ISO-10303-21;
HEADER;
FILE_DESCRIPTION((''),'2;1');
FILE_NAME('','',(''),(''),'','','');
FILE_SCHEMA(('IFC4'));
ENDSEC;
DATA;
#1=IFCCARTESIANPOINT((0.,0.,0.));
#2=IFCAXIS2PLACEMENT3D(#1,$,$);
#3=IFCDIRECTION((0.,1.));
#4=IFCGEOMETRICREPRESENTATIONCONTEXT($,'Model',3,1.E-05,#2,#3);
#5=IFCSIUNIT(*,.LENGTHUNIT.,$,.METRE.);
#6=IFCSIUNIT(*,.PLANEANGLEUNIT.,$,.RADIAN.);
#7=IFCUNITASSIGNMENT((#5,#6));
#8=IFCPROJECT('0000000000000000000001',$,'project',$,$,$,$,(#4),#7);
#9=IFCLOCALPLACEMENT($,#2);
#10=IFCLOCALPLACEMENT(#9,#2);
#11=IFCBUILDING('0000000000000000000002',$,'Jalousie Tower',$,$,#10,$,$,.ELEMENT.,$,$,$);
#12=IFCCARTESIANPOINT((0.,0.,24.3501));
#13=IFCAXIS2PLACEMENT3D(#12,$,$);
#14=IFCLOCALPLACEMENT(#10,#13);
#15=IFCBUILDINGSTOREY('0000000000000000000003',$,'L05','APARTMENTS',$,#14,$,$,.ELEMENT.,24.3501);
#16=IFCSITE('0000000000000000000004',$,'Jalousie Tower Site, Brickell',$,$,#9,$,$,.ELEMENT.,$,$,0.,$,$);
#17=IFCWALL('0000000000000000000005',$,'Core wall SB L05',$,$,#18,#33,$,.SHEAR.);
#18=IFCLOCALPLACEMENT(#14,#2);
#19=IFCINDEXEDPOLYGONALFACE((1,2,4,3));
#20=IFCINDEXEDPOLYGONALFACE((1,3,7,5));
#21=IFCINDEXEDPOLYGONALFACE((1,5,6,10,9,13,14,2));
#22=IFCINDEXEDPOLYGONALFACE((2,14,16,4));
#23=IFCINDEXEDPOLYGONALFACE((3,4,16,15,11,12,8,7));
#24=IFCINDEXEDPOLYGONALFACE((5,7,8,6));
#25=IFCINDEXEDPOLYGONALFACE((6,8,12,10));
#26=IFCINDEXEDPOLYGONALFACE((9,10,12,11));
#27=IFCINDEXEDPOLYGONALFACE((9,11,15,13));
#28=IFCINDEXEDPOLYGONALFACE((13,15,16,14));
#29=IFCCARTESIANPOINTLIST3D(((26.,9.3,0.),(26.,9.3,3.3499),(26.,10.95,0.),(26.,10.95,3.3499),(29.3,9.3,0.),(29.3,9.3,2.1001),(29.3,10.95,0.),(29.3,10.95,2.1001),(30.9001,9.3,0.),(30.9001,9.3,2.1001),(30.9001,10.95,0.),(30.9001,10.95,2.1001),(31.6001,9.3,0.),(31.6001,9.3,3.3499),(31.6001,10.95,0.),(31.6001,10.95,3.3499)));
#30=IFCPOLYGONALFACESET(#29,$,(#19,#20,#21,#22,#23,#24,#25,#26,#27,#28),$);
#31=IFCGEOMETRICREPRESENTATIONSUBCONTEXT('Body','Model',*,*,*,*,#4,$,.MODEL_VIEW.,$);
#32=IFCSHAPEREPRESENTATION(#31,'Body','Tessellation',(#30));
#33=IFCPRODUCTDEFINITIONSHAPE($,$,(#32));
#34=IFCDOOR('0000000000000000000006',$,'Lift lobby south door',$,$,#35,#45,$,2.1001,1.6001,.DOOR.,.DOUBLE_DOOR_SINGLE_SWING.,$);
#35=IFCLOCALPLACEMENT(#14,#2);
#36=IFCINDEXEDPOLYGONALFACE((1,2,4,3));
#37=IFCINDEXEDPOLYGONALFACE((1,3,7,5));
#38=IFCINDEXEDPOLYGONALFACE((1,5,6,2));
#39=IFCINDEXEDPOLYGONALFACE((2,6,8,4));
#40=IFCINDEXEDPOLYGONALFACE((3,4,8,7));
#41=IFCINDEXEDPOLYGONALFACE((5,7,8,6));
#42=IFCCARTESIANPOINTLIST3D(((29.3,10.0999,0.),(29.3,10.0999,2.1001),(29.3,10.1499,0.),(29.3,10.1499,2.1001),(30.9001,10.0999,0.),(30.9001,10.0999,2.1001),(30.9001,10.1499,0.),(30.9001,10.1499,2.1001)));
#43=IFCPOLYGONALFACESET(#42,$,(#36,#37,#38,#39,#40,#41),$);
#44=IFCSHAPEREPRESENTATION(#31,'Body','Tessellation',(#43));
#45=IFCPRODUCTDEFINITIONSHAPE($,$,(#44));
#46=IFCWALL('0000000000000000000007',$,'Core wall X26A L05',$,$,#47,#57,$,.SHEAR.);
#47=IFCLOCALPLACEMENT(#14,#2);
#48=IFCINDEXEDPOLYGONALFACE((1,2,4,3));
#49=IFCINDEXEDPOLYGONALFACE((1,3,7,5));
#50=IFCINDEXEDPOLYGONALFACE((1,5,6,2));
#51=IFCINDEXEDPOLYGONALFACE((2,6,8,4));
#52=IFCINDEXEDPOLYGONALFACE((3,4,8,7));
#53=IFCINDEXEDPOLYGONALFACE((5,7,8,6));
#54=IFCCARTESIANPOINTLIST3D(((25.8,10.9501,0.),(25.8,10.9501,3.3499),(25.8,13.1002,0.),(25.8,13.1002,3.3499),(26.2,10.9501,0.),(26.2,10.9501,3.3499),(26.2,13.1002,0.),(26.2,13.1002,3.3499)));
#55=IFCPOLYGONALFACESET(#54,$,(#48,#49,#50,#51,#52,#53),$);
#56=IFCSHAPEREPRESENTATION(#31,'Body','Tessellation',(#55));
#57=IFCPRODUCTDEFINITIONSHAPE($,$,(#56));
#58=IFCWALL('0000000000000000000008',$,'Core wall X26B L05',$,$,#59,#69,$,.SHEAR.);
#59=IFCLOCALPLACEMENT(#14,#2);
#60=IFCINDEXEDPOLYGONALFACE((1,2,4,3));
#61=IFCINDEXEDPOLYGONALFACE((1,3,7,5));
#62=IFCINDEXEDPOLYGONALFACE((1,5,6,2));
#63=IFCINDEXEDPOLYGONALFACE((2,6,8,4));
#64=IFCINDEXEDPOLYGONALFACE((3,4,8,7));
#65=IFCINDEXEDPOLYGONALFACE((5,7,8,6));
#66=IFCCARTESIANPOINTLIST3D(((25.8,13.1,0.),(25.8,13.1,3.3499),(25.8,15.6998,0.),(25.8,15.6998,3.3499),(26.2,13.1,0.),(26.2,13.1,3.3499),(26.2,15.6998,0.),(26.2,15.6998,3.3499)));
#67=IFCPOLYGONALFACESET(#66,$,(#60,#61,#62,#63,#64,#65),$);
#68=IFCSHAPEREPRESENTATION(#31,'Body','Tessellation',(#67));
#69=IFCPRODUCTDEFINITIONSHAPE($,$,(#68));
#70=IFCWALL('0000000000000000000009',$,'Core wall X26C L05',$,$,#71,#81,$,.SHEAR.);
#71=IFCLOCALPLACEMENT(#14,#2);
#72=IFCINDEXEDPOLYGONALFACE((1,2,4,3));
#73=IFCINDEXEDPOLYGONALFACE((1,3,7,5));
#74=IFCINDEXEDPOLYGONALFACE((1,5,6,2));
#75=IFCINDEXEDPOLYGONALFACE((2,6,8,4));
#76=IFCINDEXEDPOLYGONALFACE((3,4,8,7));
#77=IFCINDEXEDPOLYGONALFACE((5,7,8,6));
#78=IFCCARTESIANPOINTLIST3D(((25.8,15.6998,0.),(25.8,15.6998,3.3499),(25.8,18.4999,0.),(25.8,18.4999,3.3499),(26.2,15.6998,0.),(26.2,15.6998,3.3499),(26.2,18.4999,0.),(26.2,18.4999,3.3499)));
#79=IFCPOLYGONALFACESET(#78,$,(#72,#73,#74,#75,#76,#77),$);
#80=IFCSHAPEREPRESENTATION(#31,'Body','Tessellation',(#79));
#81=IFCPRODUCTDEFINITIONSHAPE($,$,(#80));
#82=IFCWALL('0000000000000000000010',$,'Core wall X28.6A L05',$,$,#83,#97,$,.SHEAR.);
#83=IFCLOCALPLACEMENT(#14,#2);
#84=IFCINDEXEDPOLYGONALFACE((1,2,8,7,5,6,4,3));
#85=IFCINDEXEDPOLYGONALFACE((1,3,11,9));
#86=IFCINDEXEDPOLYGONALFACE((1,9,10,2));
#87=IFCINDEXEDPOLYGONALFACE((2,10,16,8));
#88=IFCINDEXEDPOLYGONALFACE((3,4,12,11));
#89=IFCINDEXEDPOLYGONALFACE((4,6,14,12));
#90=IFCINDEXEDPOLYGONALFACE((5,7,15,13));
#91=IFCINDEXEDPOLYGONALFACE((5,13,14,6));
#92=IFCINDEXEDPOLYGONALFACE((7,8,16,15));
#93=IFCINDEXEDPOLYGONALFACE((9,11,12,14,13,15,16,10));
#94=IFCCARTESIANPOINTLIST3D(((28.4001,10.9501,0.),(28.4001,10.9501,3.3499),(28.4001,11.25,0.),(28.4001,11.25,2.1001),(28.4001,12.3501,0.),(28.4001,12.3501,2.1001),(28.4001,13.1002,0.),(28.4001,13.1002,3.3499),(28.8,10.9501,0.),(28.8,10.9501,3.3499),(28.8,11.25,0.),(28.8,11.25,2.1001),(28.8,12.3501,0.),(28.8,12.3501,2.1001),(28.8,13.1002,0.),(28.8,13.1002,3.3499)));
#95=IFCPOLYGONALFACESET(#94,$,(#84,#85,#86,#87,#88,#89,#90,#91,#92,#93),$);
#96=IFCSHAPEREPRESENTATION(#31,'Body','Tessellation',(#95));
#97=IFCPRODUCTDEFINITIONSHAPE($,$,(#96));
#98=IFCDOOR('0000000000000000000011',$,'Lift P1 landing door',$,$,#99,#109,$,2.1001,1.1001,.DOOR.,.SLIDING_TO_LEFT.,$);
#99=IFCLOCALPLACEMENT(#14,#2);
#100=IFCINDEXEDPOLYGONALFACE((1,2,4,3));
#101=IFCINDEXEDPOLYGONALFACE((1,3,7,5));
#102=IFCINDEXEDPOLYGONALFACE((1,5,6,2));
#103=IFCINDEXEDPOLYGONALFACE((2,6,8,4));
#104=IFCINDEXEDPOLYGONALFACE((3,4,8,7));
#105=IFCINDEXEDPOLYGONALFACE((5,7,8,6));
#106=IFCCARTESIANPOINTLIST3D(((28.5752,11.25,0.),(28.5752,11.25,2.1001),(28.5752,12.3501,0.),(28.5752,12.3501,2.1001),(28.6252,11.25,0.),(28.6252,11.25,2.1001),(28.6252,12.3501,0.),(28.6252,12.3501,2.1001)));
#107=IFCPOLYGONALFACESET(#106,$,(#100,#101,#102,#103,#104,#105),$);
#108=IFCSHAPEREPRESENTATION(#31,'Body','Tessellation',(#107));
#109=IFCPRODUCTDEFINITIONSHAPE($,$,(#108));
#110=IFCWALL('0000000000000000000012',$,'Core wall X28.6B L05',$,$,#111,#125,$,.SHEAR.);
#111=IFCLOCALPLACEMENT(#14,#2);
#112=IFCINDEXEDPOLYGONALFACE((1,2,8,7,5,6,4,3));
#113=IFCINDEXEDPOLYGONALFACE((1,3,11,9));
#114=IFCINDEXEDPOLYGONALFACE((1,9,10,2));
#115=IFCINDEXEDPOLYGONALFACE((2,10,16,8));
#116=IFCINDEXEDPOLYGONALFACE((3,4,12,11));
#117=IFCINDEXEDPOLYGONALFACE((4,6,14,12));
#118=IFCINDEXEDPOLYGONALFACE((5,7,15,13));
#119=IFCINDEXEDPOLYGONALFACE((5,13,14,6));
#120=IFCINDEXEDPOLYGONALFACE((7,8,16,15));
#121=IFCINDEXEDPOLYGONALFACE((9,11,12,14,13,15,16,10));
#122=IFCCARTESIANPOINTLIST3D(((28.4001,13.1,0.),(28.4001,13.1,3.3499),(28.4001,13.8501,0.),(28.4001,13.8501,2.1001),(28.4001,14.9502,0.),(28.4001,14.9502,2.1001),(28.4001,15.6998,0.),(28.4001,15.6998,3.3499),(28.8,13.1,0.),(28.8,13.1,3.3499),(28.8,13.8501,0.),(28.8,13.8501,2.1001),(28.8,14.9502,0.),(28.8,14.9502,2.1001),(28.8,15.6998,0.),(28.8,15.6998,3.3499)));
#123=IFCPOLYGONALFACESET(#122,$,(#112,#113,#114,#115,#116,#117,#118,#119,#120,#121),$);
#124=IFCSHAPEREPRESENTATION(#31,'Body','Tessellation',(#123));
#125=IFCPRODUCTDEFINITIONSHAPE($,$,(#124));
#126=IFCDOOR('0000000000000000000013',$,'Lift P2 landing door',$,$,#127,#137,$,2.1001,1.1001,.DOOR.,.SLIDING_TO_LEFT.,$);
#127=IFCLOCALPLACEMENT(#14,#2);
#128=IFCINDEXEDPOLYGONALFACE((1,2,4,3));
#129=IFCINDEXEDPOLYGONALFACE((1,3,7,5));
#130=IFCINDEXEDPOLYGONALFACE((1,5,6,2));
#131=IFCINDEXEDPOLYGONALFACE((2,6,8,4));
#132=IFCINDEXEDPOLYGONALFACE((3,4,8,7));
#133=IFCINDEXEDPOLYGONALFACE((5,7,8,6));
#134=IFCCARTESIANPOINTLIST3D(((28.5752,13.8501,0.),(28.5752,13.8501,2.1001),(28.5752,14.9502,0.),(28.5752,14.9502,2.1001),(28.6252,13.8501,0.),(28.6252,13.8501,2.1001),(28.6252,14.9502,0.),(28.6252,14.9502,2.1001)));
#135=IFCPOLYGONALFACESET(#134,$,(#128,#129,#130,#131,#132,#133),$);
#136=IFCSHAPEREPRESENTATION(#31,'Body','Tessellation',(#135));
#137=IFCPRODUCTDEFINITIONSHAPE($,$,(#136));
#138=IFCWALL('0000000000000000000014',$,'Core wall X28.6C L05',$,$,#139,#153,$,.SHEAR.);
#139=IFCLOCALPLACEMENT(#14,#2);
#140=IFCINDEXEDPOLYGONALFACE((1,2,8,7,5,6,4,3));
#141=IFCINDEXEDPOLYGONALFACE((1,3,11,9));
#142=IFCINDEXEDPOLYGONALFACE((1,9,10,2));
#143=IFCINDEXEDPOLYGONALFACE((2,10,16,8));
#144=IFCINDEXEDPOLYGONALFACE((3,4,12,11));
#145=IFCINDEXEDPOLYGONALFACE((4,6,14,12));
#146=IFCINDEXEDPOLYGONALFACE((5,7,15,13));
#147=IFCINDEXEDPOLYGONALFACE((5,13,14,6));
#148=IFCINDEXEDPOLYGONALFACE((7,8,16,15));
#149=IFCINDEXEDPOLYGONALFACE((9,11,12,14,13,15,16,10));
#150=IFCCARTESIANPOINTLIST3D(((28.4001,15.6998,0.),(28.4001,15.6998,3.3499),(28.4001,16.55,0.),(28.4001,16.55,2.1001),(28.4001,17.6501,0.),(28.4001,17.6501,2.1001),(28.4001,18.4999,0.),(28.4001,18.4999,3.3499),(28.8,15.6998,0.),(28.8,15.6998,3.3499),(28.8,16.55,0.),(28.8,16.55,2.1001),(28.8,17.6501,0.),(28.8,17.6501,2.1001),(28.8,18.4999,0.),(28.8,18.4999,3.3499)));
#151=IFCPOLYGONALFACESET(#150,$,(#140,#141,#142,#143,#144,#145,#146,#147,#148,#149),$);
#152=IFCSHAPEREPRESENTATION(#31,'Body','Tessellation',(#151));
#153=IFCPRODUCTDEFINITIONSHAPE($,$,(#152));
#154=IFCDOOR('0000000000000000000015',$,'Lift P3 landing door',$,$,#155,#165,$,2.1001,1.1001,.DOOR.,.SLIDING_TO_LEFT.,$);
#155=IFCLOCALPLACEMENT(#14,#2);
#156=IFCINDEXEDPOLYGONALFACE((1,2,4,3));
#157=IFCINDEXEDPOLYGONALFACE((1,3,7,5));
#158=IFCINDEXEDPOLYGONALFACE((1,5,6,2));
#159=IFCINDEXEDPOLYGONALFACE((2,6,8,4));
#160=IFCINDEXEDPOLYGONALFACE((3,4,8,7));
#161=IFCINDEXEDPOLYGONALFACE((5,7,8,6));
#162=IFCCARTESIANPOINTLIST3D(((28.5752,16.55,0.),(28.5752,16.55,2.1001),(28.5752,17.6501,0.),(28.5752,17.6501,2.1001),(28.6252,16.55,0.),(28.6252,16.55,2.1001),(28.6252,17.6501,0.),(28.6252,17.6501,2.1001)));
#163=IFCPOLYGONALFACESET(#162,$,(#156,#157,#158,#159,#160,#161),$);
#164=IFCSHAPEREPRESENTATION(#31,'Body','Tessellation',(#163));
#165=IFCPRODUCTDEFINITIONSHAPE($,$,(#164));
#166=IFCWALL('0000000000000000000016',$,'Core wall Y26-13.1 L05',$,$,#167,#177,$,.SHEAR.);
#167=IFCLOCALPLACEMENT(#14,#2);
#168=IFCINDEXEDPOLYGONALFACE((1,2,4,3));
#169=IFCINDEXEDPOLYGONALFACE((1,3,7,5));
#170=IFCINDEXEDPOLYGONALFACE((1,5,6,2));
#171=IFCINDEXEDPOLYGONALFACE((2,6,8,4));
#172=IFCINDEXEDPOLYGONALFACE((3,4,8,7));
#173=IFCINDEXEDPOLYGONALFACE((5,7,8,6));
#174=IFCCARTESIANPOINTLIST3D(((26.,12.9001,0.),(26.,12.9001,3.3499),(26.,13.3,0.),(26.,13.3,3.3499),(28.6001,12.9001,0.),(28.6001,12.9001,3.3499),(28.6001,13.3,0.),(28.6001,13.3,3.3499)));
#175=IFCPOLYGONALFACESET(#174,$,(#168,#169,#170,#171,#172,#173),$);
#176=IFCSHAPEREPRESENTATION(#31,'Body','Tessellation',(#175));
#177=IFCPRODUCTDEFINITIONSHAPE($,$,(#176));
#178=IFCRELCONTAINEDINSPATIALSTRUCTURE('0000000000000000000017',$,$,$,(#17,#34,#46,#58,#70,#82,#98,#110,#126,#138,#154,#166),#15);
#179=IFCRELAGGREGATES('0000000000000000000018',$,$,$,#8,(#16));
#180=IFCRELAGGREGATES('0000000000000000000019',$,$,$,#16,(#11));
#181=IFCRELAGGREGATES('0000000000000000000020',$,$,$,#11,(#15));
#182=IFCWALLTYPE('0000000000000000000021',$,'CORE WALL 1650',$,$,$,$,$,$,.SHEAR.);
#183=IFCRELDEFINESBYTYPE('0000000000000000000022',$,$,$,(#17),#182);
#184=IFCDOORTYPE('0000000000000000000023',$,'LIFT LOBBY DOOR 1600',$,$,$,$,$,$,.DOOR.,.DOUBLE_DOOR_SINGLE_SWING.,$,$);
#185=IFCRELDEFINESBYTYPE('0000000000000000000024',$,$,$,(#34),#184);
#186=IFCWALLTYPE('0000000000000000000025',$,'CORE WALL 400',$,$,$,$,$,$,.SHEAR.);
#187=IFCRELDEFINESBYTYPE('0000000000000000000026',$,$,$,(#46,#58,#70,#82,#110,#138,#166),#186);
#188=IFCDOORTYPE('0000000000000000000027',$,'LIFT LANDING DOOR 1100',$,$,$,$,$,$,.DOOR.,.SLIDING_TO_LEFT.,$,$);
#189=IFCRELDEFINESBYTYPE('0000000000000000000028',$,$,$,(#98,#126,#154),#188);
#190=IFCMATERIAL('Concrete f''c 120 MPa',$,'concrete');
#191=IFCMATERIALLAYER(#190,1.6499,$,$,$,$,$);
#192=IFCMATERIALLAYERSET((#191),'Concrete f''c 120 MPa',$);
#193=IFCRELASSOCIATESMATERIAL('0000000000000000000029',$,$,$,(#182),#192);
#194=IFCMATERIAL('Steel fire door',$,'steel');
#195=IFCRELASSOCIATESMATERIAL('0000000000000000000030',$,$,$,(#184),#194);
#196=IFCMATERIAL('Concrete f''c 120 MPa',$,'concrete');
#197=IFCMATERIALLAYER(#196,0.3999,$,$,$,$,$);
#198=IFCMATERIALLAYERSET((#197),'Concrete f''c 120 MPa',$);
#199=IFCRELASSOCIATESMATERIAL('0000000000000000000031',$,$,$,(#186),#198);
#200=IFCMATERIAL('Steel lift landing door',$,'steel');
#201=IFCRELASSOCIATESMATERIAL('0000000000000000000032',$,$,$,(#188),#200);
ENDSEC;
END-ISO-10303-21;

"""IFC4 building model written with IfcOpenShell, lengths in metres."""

from ifc_helpers import new_model, si_unit, direction, frame, frame_2d, origin, place, context, subcontext, project, spatial, rectangle, extrude, material, layer, layer_set, type_object, element, fill, save


model = new_model("IFC4")

# Units and contexts
model_context = context("Model", 3, precision=1e-05, world=origin(), true_north=direction((0.0, 1.0)))
body_context = subcontext(model_context, "Body", "Model", "MODEL_VIEW")
ifc_project = project(units=[si_unit("LENGTHUNIT", "METRE"), si_unit("PLANEANGLEUNIT", "RADIAN")], contexts=[model_context])

# Site, building, storey
site_placement = place(None, origin())
site = spatial("IfcSite", under=ifc_project, at=site_placement, Name="Jalousie Tower Site, Brickell", CompositionType="ELEMENT", RefElevation=0.0)
building_placement = place(site_placement, origin())
building = spatial("IfcBuilding", under=site, at=building_placement, Name="Jalousie Tower", CompositionType="ELEMENT")
storey_placement = place(building_placement, frame((0.0, 0.0, 24.3501)))
storey = spatial("IfcBuildingStorey", under=building, at=storey_placement, Name="L05", Description="APARTMENTS", CompositionType="ELEMENT", Elevation=24.3501)

# Wall, opening, door
ifc_material_1 = material(Name="Concrete f'c 120 MPa", Category="concrete")
ifc_layer_1 = layer(ifc_material_1, 1.6499)
ifc_layer_set_1 = layer_set([ifc_layer_1], Name="Concrete f'c 120 MPa")
wall_type_1 = type_object("IfcWallType", Name="CORE WALL 1650", PredefinedType="SHEAR", material=ifc_layer_set_1)
wall_1_placement = place(storey_placement, frame((26.0, 10.125, 0.0), z_axis=(0.0, 0.0, 1.0), x_axis=(1.0, 0.0, 0.0)))
wall_1 = element("IfcWall", 1, at=wall_1_placement, inside=storey, type_object=wall_type_1, Name="Core wall SB L05", PredefinedType="SHEAR", context=body_context, shape_type="SweptSolid", body=[
    extrude(rectangle(XDim=5.6001, YDim=1.6499, at=frame_2d((2.8, 0.0))), origin(), (0.0, 0.0, 1.0), 3.3499),
])
opening_1_placement = place(wall_1_placement, frame((3.3, 0.0, 0.0)))
opening_1 = element("IfcOpeningElement", 2, at=opening_1_placement, cuts=wall_1, PredefinedType="OPENING", context=body_context, shape_type="SweptSolid", body=[
    extrude(rectangle(XDim=1.6001, YDim=2.1001, at=frame_2d((0.8, 1.05))), frame((0.0, 0.835, 0.0), z_axis=(0.0, -1.0, 0.0), x_axis=(1.0, 0.0, 0.0)), (0.0, 0.0, 1.0), 1.6699),
])
ifc_material_2 = material(Name="Steel fire door", Category="steel")
door_type_1 = type_object("IfcDoorType", Name="LIFT LOBBY DOOR 1600", OperationType="DOUBLE_DOOR_SINGLE_SWING", PredefinedType="DOOR", material=ifc_material_2)
door_1_placement = place(opening_1_placement, origin())
door_1 = element("IfcDoor", 3, at=door_1_placement, inside=storey, type_object=door_type_1, Name="Lift lobby south door", OperationType="DOUBLE_DOOR_SINGLE_SWING", OverallHeight=2.1001, OverallWidth=1.6001, PredefinedType="DOOR", context=body_context, shape_type="SweptSolid", body=[
    extrude(rectangle(XDim=1.6001, YDim=2.1001, at=frame_2d((0.8, 1.05))), frame((0.0, 0.0249, 0.0), z_axis=(0.0, -1.0, 0.0), x_axis=(1.0, 0.0, 0.0)), (0.0, 0.0, 1.0), 0.05),
])
fill(opening_1, door_1)

# Walls
ifc_material_3 = material(Name="Concrete f'c 120 MPa", Category="concrete")
ifc_layer_2 = layer(ifc_material_3, 0.3999)
ifc_layer_set_2 = layer_set([ifc_layer_2], Name="Concrete f'c 120 MPa")
wall_type_2 = type_object("IfcWallType", Name="CORE WALL 400", PredefinedType="SHEAR", material=ifc_layer_set_2)
wall_2_placement = place(storey_placement, frame((26.0, 10.95, 0.0), z_axis=(0.0, 0.0, 1.0), x_axis=(0.0, 1.0, 0.0)))
element("IfcWall", 4, at=wall_2_placement, inside=storey, type_object=wall_type_2, Name="Core wall X26A L05", PredefinedType="SHEAR", context=body_context, shape_type="SweptSolid", body=[
    extrude(rectangle(XDim=2.1501, YDim=0.3999, at=frame_2d((1.0752, 0.0))), origin(), (0.0, 0.0, 1.0), 3.3499),
])
wall_3_placement = place(storey_placement, frame((26.0, 13.1001, 0.0), z_axis=(0.0, 0.0, 1.0), x_axis=(0.0, 1.0, 0.0)))
element("IfcWall", 5, at=wall_3_placement, inside=storey, type_object=wall_type_2, Name="Core wall X26B L05", PredefinedType="SHEAR", context=body_context, shape_type="SweptSolid", body=[
    extrude(rectangle(XDim=2.5999, YDim=0.3999, at=frame_2d((1.2998, 0.0))), origin(), (0.0, 0.0, 1.0), 3.3499),
])
wall_4_placement = place(storey_placement, frame((26.0, 15.7, 0.0), z_axis=(0.0, 0.0, 1.0), x_axis=(0.0, 1.0, 0.0)))
element("IfcWall", 6, at=wall_4_placement, inside=storey, type_object=wall_type_2, Name="Core wall X26C L05", PredefinedType="SHEAR", context=body_context, shape_type="SweptSolid", body=[
    extrude(rectangle(XDim=2.8, YDim=0.3999, at=frame_2d((1.3999, 0.0))), origin(), (0.0, 0.0, 1.0), 3.3499),
])

# Walls, openings, doors
wall_5_placement = place(storey_placement, frame((28.6001, 10.95, 0.0), z_axis=(0.0, 0.0, 1.0), x_axis=(0.0, 1.0, 0.0)))
wall_5 = element("IfcWall", 7, at=wall_5_placement, inside=storey, type_object=wall_type_2, Name="Core wall X28.6A L05", PredefinedType="SHEAR", context=body_context, shape_type="SweptSolid", body=[
    extrude(rectangle(XDim=2.1501, YDim=0.3999, at=frame_2d((1.0752, 0.0))), origin(), (0.0, 0.0, 1.0), 3.3499),
])
opening_2_placement = place(wall_5_placement, frame((0.3, 0.0, 0.0)))
opening_2 = element("IfcOpeningElement", 8, at=opening_2_placement, cuts=wall_5, PredefinedType="OPENING", context=body_context, shape_type="SweptSolid", body=[
    extrude(rectangle(XDim=1.1001, YDim=2.1001, at=frame_2d((0.55, 1.05))), frame((0.0, 0.21, 0.0), z_axis=(0.0, -1.0, 0.0), x_axis=(1.0, 0.0, 0.0)), (0.0, 0.0, 1.0), 0.4199),
])
ifc_material_4 = material(Name="Steel lift landing door", Category="steel")
door_type_2 = type_object("IfcDoorType", Name="LIFT LANDING DOOR 1100", OperationType="SLIDING_TO_LEFT", PredefinedType="DOOR", material=ifc_material_4)
door_2_placement = place(opening_2_placement, origin())
door_2 = element("IfcDoor", 9, at=door_2_placement, inside=storey, type_object=door_type_2, Name="Lift P1 landing door", OperationType="SLIDING_TO_LEFT", OverallHeight=2.1001, OverallWidth=1.1001, PredefinedType="DOOR", context=body_context, shape_type="SweptSolid", body=[
    extrude(rectangle(XDim=1.1001, YDim=2.1001, at=frame_2d((0.55, 1.05))), frame((0.0, 0.0249, 0.0), z_axis=(0.0, -1.0, 0.0), x_axis=(1.0, 0.0, 0.0)), (0.0, 0.0, 1.0), 0.05),
])
fill(opening_2, door_2)
wall_6_placement = place(storey_placement, frame((28.6001, 13.1001, 0.0), z_axis=(0.0, 0.0, 1.0), x_axis=(0.0, 1.0, 0.0)))
wall_6 = element("IfcWall", 10, at=wall_6_placement, inside=storey, type_object=wall_type_2, Name="Core wall X28.6B L05", PredefinedType="SHEAR", context=body_context, shape_type="SweptSolid", body=[
    extrude(rectangle(XDim=2.5999, YDim=0.3999, at=frame_2d((1.2998, 0.0))), origin(), (0.0, 0.0, 1.0), 3.3499),
])
opening_3_placement = place(wall_6_placement, frame((0.75, 0.0, 0.0)))
opening_3 = element("IfcOpeningElement", 11, at=opening_3_placement, cuts=wall_6, PredefinedType="OPENING", context=body_context, shape_type="SweptSolid", body=[
    extrude(rectangle(XDim=1.1001, YDim=2.1001, at=frame_2d((0.55, 1.05))), frame((0.0, 0.21, 0.0), z_axis=(0.0, -1.0, 0.0), x_axis=(1.0, 0.0, 0.0)), (0.0, 0.0, 1.0), 0.4199),
])
door_3_placement = place(opening_3_placement, origin())
door_3 = element("IfcDoor", 12, at=door_3_placement, inside=storey, type_object=door_type_2, Name="Lift P2 landing door", OperationType="SLIDING_TO_LEFT", OverallHeight=2.1001, OverallWidth=1.1001, PredefinedType="DOOR", context=body_context, shape_type="SweptSolid", body=[
    extrude(rectangle(XDim=1.1001, YDim=2.1001, at=frame_2d((0.55, 1.05))), frame((0.0, 0.0249, 0.0), z_axis=(0.0, -1.0, 0.0), x_axis=(1.0, 0.0, 0.0)), (0.0, 0.0, 1.0), 0.05),
])
fill(opening_3, door_3)
wall_7_placement = place(storey_placement, frame((28.6001, 15.7, 0.0), z_axis=(0.0, 0.0, 1.0), x_axis=(0.0, 1.0, 0.0)))
wall_7 = element("IfcWall", 13, at=wall_7_placement, inside=storey, type_object=wall_type_2, Name="Core wall X28.6C L05", PredefinedType="SHEAR", context=body_context, shape_type="SweptSolid", body=[
    extrude(rectangle(XDim=2.8, YDim=0.3999, at=frame_2d((1.3999, 0.0))), origin(), (0.0, 0.0, 1.0), 3.3499),
])
opening_4_placement = place(wall_7_placement, frame((0.8501, 0.0, 0.0)))
opening_4 = element("IfcOpeningElement", 14, at=opening_4_placement, cuts=wall_7, PredefinedType="OPENING", context=body_context, shape_type="SweptSolid", body=[
    extrude(rectangle(XDim=1.1001, YDim=2.1001, at=frame_2d((0.55, 1.05))), frame((0.0, 0.21, 0.0), z_axis=(0.0, -1.0, 0.0), x_axis=(1.0, 0.0, 0.0)), (0.0, 0.0, 1.0), 0.4199),
])
door_4_placement = place(opening_4_placement, origin())
door_4 = element("IfcDoor", 15, at=door_4_placement, inside=storey, type_object=door_type_2, Name="Lift P3 landing door", OperationType="SLIDING_TO_LEFT", OverallHeight=2.1001, OverallWidth=1.1001, PredefinedType="DOOR", context=body_context, shape_type="SweptSolid", body=[
    extrude(rectangle(XDim=1.1001, YDim=2.1001, at=frame_2d((0.55, 1.05))), frame((0.0, 0.0249, 0.0), z_axis=(0.0, -1.0, 0.0), x_axis=(1.0, 0.0, 0.0)), (0.0, 0.0, 1.0), 0.05),
])
fill(opening_4, door_4)

# Wall
for number, where, z_axis, x_axis, name in (
    (16, (26.0, 13.1001, 0.0), (0.0, 0.0, 1.0), (1.0, 0.0, 0.0), "Core wall Y26-13.1 L05"),
):
    element("IfcWall", number, at=place(storey_placement, frame(where, z_axis=z_axis, x_axis=x_axis)), inside=storey, type_object=wall_type_2, Name=name, PredefinedType="SHEAR", context=body_context, shape_type="SweptSolid", body=[
        extrude(rectangle(XDim=2.6001, YDim=0.3999, at=frame_2d((1.3, 0.0))), origin(), (0.0, 0.0, 1.0), 3.3499),
    ])

save(model, "model.ifc")
